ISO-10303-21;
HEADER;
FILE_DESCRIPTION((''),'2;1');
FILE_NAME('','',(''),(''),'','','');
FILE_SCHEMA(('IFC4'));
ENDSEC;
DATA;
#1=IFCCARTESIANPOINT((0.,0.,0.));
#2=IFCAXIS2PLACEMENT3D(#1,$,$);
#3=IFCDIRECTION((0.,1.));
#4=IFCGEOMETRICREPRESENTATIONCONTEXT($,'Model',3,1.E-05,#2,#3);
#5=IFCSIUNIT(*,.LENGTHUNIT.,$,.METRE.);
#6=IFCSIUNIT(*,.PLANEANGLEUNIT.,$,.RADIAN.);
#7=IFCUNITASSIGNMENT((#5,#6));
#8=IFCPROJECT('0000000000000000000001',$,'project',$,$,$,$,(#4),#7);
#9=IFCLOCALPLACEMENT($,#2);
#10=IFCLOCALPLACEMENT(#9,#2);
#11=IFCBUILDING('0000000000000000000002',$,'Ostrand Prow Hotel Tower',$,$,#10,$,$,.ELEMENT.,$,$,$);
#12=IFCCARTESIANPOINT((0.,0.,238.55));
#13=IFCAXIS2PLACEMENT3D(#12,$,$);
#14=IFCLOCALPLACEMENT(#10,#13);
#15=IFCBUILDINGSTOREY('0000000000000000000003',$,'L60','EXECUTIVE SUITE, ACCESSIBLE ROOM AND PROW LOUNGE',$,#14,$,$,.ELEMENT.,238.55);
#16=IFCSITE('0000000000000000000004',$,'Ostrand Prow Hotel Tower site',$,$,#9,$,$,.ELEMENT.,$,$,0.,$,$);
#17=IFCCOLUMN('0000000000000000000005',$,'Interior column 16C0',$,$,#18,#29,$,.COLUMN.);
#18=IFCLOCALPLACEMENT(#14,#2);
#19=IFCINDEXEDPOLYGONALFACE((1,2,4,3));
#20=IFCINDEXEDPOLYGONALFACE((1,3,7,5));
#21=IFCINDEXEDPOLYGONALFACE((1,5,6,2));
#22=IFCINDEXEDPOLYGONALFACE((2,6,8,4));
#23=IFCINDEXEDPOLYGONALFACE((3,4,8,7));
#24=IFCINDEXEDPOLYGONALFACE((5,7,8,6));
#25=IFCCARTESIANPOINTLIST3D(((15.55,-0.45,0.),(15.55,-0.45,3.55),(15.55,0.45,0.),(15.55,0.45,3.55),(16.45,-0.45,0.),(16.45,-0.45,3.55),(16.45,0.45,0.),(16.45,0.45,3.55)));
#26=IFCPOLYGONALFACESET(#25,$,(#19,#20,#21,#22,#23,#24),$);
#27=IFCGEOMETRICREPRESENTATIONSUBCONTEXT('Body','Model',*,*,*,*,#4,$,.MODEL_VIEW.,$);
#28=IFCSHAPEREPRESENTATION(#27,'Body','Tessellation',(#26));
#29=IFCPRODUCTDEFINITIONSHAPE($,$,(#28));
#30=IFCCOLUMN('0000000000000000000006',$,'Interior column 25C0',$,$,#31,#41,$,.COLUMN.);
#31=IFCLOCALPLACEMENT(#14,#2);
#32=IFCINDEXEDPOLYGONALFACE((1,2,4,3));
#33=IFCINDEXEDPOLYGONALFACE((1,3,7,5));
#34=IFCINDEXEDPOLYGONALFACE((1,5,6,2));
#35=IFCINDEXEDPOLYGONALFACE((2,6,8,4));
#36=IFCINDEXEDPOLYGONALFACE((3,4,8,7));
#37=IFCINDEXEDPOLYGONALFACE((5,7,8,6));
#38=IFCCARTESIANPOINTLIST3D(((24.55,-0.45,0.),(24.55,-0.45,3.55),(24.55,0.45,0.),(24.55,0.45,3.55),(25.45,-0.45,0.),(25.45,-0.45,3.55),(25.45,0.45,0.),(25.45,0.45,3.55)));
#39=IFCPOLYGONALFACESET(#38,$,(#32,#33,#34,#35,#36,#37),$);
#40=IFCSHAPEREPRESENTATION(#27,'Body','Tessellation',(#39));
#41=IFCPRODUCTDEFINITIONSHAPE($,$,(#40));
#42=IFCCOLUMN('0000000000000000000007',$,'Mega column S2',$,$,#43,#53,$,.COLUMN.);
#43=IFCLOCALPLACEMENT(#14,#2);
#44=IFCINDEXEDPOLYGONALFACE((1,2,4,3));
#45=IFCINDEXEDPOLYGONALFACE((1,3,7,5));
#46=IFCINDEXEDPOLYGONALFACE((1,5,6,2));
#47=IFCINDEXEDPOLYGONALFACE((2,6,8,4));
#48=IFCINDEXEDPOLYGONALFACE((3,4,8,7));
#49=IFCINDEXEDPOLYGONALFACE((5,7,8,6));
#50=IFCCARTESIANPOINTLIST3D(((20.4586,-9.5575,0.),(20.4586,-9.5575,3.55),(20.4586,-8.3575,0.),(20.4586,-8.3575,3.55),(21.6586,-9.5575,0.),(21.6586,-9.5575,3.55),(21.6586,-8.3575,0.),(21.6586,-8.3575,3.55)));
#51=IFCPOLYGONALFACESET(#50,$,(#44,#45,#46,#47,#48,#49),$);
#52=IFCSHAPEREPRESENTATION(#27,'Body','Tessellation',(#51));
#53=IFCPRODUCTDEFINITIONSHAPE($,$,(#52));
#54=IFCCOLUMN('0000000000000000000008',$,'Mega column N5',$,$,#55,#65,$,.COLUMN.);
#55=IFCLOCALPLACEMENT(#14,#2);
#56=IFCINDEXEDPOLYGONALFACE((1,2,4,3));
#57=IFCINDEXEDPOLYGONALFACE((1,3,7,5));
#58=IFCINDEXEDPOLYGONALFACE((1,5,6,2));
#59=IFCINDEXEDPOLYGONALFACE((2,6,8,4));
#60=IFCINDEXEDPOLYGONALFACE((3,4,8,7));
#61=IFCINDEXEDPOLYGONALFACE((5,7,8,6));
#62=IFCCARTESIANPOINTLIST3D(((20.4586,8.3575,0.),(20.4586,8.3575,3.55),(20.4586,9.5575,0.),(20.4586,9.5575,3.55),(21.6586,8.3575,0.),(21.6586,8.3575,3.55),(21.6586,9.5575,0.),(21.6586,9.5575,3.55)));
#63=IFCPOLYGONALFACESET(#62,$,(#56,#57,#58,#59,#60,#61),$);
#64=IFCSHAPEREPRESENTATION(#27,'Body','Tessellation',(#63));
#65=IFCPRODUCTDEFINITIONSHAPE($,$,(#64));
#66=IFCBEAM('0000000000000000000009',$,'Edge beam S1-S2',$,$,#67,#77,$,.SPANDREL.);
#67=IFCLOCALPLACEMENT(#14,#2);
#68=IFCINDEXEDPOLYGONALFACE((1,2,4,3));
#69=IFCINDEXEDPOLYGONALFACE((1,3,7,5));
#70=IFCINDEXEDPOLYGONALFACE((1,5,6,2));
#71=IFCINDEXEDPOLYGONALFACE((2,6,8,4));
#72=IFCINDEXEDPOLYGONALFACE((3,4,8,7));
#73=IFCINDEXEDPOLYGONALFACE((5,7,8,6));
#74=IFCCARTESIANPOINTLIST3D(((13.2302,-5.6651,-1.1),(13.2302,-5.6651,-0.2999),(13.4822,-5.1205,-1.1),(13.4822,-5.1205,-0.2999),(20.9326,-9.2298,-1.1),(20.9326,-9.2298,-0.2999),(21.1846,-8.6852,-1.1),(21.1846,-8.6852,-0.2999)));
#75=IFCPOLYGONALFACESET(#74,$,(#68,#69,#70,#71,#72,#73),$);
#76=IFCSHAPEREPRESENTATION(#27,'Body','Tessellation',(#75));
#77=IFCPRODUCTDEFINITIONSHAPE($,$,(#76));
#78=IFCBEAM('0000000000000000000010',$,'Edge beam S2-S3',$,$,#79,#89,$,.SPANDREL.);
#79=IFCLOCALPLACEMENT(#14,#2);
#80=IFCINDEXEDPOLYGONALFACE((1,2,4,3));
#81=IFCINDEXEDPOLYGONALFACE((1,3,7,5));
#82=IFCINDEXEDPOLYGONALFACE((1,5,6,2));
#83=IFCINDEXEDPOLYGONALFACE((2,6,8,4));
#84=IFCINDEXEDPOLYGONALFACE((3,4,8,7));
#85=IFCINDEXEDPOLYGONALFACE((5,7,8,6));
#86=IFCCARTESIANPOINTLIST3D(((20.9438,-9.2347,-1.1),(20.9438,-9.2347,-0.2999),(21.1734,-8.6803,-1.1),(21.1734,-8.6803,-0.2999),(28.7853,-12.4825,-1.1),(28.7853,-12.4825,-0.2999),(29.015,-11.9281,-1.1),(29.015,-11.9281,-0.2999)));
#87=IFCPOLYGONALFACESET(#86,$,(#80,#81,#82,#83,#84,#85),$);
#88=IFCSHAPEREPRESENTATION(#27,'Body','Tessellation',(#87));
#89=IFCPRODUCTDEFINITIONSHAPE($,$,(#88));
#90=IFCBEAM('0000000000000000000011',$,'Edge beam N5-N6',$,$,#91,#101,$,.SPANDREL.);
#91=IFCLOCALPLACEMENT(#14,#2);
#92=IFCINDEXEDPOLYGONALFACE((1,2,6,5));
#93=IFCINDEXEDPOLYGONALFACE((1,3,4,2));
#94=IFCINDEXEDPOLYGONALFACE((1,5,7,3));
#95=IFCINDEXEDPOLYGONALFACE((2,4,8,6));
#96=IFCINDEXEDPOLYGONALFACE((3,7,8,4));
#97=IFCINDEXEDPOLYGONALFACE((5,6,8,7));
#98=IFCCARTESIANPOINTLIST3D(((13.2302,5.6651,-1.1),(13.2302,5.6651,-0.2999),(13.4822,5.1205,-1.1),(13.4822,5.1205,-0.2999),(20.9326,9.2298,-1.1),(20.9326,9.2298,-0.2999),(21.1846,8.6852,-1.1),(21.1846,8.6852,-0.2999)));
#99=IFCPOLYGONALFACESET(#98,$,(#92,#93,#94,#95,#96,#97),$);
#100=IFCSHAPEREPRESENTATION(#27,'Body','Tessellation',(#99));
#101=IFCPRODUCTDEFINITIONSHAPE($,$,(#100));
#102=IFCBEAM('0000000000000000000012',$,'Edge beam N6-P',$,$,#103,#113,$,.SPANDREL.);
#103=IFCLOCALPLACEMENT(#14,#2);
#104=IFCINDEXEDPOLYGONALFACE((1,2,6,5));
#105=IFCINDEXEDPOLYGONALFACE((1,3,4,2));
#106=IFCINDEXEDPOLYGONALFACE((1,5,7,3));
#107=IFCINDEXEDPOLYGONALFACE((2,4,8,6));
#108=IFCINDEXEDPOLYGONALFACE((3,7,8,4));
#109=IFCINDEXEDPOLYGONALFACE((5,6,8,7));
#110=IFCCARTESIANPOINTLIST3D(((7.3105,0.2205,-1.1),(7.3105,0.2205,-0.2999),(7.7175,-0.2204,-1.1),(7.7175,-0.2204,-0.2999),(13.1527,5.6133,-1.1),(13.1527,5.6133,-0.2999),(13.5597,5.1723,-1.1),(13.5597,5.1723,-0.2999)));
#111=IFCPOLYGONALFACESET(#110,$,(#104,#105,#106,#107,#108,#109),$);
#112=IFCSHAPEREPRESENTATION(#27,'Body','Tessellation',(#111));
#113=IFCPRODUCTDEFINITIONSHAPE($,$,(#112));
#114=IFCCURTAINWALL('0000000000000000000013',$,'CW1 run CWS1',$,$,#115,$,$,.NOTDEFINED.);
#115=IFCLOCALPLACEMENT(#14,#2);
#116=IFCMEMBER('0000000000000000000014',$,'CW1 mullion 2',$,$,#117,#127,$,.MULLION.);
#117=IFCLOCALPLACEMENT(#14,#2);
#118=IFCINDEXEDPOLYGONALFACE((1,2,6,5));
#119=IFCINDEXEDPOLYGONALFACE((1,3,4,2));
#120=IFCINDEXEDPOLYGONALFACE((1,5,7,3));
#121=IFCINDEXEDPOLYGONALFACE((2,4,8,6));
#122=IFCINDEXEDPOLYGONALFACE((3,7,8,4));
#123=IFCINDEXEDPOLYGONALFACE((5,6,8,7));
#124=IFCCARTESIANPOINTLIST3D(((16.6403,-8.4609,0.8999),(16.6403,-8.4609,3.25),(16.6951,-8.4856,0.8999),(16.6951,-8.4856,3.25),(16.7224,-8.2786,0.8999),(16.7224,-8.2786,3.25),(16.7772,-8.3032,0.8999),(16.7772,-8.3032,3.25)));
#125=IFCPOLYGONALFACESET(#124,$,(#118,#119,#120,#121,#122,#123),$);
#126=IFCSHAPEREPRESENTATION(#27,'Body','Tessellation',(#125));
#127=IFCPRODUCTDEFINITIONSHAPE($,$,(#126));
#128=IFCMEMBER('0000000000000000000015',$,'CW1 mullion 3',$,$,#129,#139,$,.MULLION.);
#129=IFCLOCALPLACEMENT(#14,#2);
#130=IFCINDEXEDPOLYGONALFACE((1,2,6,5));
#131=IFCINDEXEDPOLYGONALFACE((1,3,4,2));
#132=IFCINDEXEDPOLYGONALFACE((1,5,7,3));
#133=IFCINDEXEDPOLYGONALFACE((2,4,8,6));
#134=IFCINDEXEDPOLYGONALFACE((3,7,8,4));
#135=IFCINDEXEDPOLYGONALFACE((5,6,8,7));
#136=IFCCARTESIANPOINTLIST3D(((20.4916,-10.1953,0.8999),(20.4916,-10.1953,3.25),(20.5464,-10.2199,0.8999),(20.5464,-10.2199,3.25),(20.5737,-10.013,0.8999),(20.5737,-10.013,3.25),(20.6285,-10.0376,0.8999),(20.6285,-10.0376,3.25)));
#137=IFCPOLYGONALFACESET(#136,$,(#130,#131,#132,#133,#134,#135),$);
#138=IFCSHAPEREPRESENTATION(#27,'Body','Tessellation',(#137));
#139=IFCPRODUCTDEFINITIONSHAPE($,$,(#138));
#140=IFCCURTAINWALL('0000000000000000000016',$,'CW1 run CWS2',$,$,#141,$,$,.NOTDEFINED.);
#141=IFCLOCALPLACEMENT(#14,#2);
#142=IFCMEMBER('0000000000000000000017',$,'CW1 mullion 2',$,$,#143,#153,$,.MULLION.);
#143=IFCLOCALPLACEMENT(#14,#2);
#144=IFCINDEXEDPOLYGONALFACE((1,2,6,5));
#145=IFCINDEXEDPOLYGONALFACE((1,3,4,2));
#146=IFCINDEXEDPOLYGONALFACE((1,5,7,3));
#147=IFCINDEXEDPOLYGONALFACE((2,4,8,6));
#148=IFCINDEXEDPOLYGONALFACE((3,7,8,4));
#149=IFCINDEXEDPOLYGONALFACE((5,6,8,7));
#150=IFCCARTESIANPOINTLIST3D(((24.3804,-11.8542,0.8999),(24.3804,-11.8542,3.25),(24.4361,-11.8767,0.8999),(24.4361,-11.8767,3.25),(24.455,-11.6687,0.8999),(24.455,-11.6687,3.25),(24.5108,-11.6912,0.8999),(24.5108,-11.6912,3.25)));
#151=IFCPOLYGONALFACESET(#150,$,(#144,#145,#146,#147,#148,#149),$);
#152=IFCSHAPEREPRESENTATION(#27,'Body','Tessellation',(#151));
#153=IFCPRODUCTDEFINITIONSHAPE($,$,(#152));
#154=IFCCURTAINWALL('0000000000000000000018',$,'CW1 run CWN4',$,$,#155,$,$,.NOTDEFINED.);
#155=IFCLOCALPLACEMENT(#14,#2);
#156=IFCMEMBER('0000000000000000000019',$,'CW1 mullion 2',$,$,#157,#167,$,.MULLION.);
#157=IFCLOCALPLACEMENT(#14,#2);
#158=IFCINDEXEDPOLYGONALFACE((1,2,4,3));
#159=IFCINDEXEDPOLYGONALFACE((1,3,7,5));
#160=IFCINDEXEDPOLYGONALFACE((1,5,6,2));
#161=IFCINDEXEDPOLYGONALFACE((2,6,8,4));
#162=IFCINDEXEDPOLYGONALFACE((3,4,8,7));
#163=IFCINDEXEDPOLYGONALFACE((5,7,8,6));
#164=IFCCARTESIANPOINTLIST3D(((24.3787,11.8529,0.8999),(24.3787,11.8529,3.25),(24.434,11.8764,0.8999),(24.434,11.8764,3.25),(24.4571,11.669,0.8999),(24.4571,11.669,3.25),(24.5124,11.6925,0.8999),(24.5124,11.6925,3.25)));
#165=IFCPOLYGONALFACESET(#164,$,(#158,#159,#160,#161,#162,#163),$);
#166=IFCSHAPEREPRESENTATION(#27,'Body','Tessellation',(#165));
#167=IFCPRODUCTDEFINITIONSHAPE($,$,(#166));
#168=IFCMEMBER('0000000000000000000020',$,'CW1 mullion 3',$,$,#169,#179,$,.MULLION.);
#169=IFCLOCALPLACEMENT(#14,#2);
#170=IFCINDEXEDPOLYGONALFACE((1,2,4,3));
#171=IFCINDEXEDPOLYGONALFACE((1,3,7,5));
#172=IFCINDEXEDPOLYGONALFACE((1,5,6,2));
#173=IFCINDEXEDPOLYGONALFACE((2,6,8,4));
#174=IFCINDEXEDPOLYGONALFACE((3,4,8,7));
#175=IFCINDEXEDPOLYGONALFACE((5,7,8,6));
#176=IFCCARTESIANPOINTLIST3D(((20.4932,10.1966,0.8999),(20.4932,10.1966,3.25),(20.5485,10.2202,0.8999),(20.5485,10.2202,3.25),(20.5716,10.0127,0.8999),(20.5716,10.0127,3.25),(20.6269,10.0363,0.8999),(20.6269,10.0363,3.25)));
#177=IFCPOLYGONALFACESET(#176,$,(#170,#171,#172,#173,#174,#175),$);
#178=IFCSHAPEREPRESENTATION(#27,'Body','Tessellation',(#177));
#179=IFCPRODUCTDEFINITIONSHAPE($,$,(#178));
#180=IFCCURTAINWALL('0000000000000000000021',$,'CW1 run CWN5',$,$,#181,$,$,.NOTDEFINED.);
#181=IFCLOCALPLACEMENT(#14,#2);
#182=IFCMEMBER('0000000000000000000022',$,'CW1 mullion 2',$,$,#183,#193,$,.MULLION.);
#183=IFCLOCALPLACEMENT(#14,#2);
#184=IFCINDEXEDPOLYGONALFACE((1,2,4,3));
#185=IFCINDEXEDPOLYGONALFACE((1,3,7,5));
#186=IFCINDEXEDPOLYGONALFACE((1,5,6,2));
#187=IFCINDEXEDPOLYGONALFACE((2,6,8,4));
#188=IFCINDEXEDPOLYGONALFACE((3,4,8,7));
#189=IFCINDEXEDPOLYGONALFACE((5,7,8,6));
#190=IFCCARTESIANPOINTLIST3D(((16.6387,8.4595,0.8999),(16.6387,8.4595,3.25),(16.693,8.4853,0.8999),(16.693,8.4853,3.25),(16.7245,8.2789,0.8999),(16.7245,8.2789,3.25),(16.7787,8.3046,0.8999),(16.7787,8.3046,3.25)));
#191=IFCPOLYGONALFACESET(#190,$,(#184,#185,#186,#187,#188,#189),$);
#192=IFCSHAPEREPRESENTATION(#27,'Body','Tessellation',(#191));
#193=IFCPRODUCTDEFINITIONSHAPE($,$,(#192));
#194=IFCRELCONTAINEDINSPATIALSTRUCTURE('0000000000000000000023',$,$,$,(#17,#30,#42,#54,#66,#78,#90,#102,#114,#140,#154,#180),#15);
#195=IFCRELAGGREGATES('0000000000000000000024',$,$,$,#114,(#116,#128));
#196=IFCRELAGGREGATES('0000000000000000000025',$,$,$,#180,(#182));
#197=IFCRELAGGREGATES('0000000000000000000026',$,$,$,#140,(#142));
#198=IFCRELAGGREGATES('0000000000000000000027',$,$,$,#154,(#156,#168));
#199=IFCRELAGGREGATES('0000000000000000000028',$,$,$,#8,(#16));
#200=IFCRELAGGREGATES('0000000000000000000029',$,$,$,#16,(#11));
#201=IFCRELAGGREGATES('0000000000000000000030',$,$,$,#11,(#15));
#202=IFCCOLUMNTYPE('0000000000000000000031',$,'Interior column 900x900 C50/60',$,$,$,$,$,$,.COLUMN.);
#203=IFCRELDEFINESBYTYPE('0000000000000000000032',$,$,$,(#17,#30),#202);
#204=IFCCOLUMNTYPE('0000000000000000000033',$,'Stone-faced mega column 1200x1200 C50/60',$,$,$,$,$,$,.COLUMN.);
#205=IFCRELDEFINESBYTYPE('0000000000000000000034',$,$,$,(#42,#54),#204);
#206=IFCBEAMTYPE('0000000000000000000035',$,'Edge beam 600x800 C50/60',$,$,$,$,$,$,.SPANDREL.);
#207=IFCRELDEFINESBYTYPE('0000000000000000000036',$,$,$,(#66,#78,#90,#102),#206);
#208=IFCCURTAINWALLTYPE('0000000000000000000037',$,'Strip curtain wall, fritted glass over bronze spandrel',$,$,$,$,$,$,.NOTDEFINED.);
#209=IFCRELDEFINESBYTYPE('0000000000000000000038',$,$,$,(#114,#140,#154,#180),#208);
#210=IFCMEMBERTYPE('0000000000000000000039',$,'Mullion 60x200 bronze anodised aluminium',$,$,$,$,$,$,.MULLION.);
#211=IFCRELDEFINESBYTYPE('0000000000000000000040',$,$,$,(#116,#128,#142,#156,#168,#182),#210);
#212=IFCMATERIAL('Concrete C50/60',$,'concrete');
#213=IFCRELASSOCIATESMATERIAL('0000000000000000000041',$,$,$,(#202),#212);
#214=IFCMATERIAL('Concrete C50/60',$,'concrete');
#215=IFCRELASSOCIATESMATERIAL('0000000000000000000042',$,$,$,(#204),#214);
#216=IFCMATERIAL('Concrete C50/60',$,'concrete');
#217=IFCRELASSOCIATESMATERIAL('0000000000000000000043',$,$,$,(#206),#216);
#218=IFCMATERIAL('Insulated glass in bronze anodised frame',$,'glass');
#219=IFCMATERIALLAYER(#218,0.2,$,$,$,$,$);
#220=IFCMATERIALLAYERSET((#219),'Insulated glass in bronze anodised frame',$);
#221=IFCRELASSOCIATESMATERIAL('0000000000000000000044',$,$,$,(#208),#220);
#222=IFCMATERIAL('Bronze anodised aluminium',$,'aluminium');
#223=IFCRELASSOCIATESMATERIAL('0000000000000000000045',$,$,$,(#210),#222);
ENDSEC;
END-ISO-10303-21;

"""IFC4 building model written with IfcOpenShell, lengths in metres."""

from ifc_helpers import new_model, si_unit, direction, frame, origin, origin_2d, place, context, subcontext, project, spatial, rectangle, extrude, material, layer, layer_set, material_profile, profile_set, type_object, element, aggregate, save


model = new_model("IFC4")

# Units and contexts
model_context = context("Model", 3, precision=1e-05, world=origin(), true_north=direction((0.0, 1.0)))
body_context = subcontext(model_context, "Body", "Model", "MODEL_VIEW")
ifc_project = project(units=[si_unit("LENGTHUNIT", "METRE"), si_unit("PLANEANGLEUNIT", "RADIAN")], contexts=[model_context])

# Site, building, storey
site_placement = place(None, origin())
site = spatial("IfcSite", under=ifc_project, at=site_placement, Name="Ostrand Prow Hotel Tower site", CompositionType="ELEMENT", RefElevation=0.0)
building_placement = place(site_placement, origin())
building = spatial("IfcBuilding", under=site, at=building_placement, Name="Ostrand Prow Hotel Tower", CompositionType="ELEMENT")
storey_placement = place(building_placement, frame((0.0, 0.0, 238.55)))
storey = spatial("IfcBuildingStorey", under=building, at=storey_placement, Name="L60", Description="EXECUTIVE SUITE, ACCESSIBLE ROOM AND PROW LOUNGE", CompositionType="ELEMENT", Elevation=238.55)

# Columns
ifc_material_1 = material(Name="Concrete C50/60", Category="concrete")
ifc_material_profile_1 = material_profile(ifc_material_1, rectangle(XDim=0.8999, YDim=0.8999, at=origin_2d()), Name="RC 900x900")
ifc_profile_set_1 = profile_set([ifc_material_profile_1], Name="Concrete C50/60")
column_type_1 = type_object("IfcColumnType", Name="Interior column 900x900 C50/60", PredefinedType="COLUMN", material=ifc_profile_set_1)
for number, where, z_axis, x_axis, name in (
    (1, (16.0, 0.0, 0.0), (0.0, 0.0, 1.0), (1.0, 0.0, 0.0), "Interior column 16C0"),
    (2, (25.0, 0.0, 0.0), (0.0, 0.0, 1.0), (1.0, 0.0, 0.0), "Interior column 25C0"),
):
    element("IfcColumn", number, at=place(storey_placement, frame(where, z_axis=z_axis, x_axis=x_axis)), inside=storey, type_object=column_type_1, Name=name, PredefinedType="COLUMN", context=body_context, shape_type="SweptSolid", body=[
        extrude(rectangle(XDim=0.8999, YDim=0.8999, at=origin_2d()), origin(), (0.0, 0.0, 1.0), 3.55),
    ])
ifc_material_2 = material(Name="Concrete C50/60", Category="concrete")
ifc_material_profile_2 = material_profile(ifc_material_2, rectangle(XDim=1.2, YDim=1.2, at=origin_2d()), Name="RC 1200x1200")
ifc_profile_set_2 = profile_set([ifc_material_profile_2], Name="Concrete C50/60")
column_type_2 = type_object("IfcColumnType", Name="Stone-faced mega column 1200x1200 C50/60", PredefinedType="COLUMN", material=ifc_profile_set_2)
for number, where, z_axis, x_axis, name in (
    (3, (21.0586, -8.9575, 0.0), (0.0, 0.0, 1.0), (1.0, 0.0, 0.0), "Mega column S2"),
    (4, (21.0586, 8.9575, 0.0), (0.0, 0.0, 1.0), (1.0, 0.0, 0.0), "Mega column N5"),
):
    element("IfcColumn", number, at=place(storey_placement, frame(where, z_axis=z_axis, x_axis=x_axis)), inside=storey, type_object=column_type_2, Name=name, PredefinedType="COLUMN", context=body_context, shape_type="SweptSolid", body=[
        extrude(rectangle(XDim=1.2, YDim=1.2, at=origin_2d()), origin(), (0.0, 0.0, 1.0), 3.55),
    ])

# Beams
ifc_material_3 = material(Name="Concrete C50/60", Category="concrete")
ifc_material_profile_3 = material_profile(ifc_material_3, rectangle(XDim=0.6001, YDim=0.8, at=origin_2d()), Name="RC 600x800")
ifc_profile_set_3 = profile_set([ifc_material_profile_3], Name="Concrete C50/60")
beam_type = type_object("IfcBeamType", Name="Edge beam 600x800 C50/60", PredefinedType="SPANDREL", material=ifc_profile_set_3)
beam_1_placement = place(storey_placement, frame((13.3562, -5.3928, -0.7), z_axis=(0.907522, -0.420005, 0.0), x_axis=(0.420005, 0.907522, 0.0)))
element("IfcBeam", 5, at=beam_1_placement, inside=storey, type_object=beam_type, Name="Edge beam S1-S2", PredefinedType="SPANDREL", context=body_context, shape_type="SweptSolid", body=[
    extrude(rectangle(XDim=0.6001, YDim=0.8, at=origin_2d()), origin(), (0.0, 0.0, 1.0), 8.4873),
])
beam_2_placement = place(storey_placement, frame((21.0586, -8.9575, -0.7), z_axis=(0.923891, -0.382656, 0.0), x_axis=(0.382656, 0.923891, 0.0)))
element("IfcBeam", 6, at=beam_2_placement, inside=storey, type_object=beam_type, Name="Edge beam S2-S3", PredefinedType="SPANDREL", context=body_context, shape_type="SweptSolid", body=[
    extrude(rectangle(XDim=0.6001, YDim=0.8, at=origin_2d()), origin(), (0.0, 0.0, 1.0), 8.4875),
])
beam_3_placement = place(storey_placement, frame((21.0586, 8.9575, -0.7), z_axis=(-0.907522, -0.420005, 0.0), x_axis=(0.420005, -0.907522, 0.0)))
element("IfcBeam", 7, at=beam_3_placement, inside=storey, type_object=beam_type, Name="Edge beam N5-N6", PredefinedType="SPANDREL", context=body_context, shape_type="SweptSolid", body=[
    extrude(rectangle(XDim=0.6001, YDim=0.8, at=origin_2d()), origin(), (0.0, 0.0, 1.0), 8.4873),
])
beam_4_placement = place(storey_placement, frame((13.3562, 5.3928, -0.7), z_axis=(-0.734807, -0.678276, 0.0), x_axis=(0.678276, -0.734807, 0.0)))
element("IfcBeam", 8, at=beam_4_placement, inside=storey, type_object=beam_type, Name="Edge beam N6-P", PredefinedType="SPANDREL", context=body_context, shape_type="SweptSolid", body=[
    extrude(rectangle(XDim=0.6001, YDim=0.8, at=origin_2d()), origin(), (0.0, 0.0, 1.0), 7.9507),
])

# Curtain wall, members
ifc_material_4 = material(Name="Insulated glass in bronze anodised frame", Category="glass")
ifc_layer_1 = layer(ifc_material_4, 0.2)
ifc_layer_set_1 = layer_set([ifc_layer_1], Name="Insulated glass in bronze anodised frame")
curtain_wall_type = type_object("IfcCurtainWallType", Name="Strip curtain wall, fritted glass over bronze spandrel", PredefinedType="NOTDEFINED", material=ifc_layer_set_1)
curtain_wall_1_placement = place(storey_placement, origin())
curtain_wall_1 = element("IfcCurtainWall", 9, at=curtain_wall_1_placement, inside=storey, type_object=curtain_wall_type, Name="CW1 run CWS1", PredefinedType="NOTDEFINED")
ifc_material_5 = material(Name="Bronze anodised aluminium", Category="aluminium")
ifc_material_profile_4 = material_profile(ifc_material_5, rectangle(XDim=0.2, YDim=0.0601, at=origin_2d()), Name="Mullion 60x200 bronze anodised aluminium")
ifc_profile_set_4 = profile_set([ifc_material_profile_4], Name="Bronze anodised aluminium")
member_type_1 = type_object("IfcMemberType", Name="Mullion 60x200 bronze anodised aluminium", PredefinedType="MULLION", material=ifc_profile_set_4)
member_1_placement = place(storey_placement, frame((16.7087, -8.3821, 0.8999), z_axis=(0.0, 0.0, 1.0), x_axis=(0.410582, 0.911824, 0.0)))
member_1 = element("IfcMember", 10, at=member_1_placement, type_object=member_type_1, Name="CW1 mullion 2", PredefinedType="MULLION", context=body_context, shape_type="SweptSolid", body=[
    extrude(rectangle(XDim=0.2, YDim=0.0601, at=origin_2d()), origin(), (0.0, 0.0, 1.0), 2.3501),
])
member_2_placement = place(storey_placement, frame((20.5601, -10.1165, 0.8999), z_axis=(0.0, 0.0, 1.0), x_axis=(0.410582, 0.911824, 0.0)))
member_2 = element("IfcMember", 11, at=member_2_placement, type_object=member_type_1, Name="CW1 mullion 3", PredefinedType="MULLION", context=body_context, shape_type="SweptSolid", body=[
    extrude(rectangle(XDim=0.2, YDim=0.0601, at=origin_2d()), origin(), (0.0, 0.0, 1.0), 2.3501),
])

# Curtain wall, member
curtain_wall_2_placement = place(storey_placement, origin())
curtain_wall_2 = element("IfcCurtainWall", 12, at=curtain_wall_2_placement, inside=storey, type_object=curtain_wall_type, Name="CW1 run CWS2", PredefinedType="NOTDEFINED")
member_3_placement = place(storey_placement, frame((24.4456, -11.7727, 0.8999), z_axis=(0.0, 0.0, 1.0), x_axis=(0.373533, 0.927617, 0.0)))
member_3 = element("IfcMember", 13, at=member_3_placement, type_object=member_type_1, Name="CW1 mullion 2", PredefinedType="MULLION", context=body_context, shape_type="SweptSolid", body=[
    extrude(rectangle(XDim=0.2, YDim=0.0601, at=origin_2d()), origin(), (0.0, 0.0, 1.0), 2.3501),
])

# Curtain wall, members
curtain_wall_3_placement = place(storey_placement, origin())
curtain_wall_3 = element("IfcCurtainWall", 14, at=curtain_wall_3_placement, inside=storey, type_object=curtain_wall_type, Name="CW1 run CWN4", PredefinedType="NOTDEFINED")
member_4_placement = place(storey_placement, frame((24.4456, 11.7727, 0.8999), z_axis=(0.0, 0.0, 1.0), x_axis=(0.392136, -0.919907, 0.0)))
member_4 = element("IfcMember", 15, at=member_4_placement, type_object=member_type_1, Name="CW1 mullion 2", PredefinedType="MULLION", context=body_context, shape_type="SweptSolid", body=[
    extrude(rectangle(XDim=0.2, YDim=0.0601, at=origin_2d()), origin(), (0.0, 0.0, 1.0), 2.3501),
])
member_5_placement = place(storey_placement, frame((20.5601, 10.1165, 0.8999), z_axis=(0.0, 0.0, 1.0), x_axis=(0.392136, -0.919907, 0.0)))
member_5 = element("IfcMember", 16, at=member_5_placement, type_object=member_type_1, Name="CW1 mullion 3", PredefinedType="MULLION", context=body_context, shape_type="SweptSolid", body=[
    extrude(rectangle(XDim=0.2, YDim=0.0601, at=origin_2d()), origin(), (0.0, 0.0, 1.0), 2.3501),
])

# Curtain wall, member
curtain_wall_4_placement = place(storey_placement, origin())
curtain_wall_4 = element("IfcCurtainWall", 17, at=curtain_wall_4_placement, inside=storey, type_object=curtain_wall_type, Name="CW1 run CWN5", PredefinedType="NOTDEFINED")
member_6_placement = place(storey_placement, frame((16.7087, 8.3821, 0.8999), z_axis=(0.0, 0.0, 1.0), x_axis=(0.428861, -0.90337, 0.0)))
member_6 = element("IfcMember", 18, at=member_6_placement, type_object=member_type_1, Name="CW1 mullion 2", PredefinedType="MULLION", context=body_context, shape_type="SweptSolid", body=[
    extrude(rectangle(XDim=0.2, YDim=0.0601, at=origin_2d()), origin(), (0.0, 0.0, 1.0), 2.3501),
])

aggregate(curtain_wall_1, [member_1, member_2])
aggregate(curtain_wall_4, [member_6])
aggregate(curtain_wall_2, [member_3])
aggregate(curtain_wall_3, [member_4, member_5])

save(model, "model.ifc")
